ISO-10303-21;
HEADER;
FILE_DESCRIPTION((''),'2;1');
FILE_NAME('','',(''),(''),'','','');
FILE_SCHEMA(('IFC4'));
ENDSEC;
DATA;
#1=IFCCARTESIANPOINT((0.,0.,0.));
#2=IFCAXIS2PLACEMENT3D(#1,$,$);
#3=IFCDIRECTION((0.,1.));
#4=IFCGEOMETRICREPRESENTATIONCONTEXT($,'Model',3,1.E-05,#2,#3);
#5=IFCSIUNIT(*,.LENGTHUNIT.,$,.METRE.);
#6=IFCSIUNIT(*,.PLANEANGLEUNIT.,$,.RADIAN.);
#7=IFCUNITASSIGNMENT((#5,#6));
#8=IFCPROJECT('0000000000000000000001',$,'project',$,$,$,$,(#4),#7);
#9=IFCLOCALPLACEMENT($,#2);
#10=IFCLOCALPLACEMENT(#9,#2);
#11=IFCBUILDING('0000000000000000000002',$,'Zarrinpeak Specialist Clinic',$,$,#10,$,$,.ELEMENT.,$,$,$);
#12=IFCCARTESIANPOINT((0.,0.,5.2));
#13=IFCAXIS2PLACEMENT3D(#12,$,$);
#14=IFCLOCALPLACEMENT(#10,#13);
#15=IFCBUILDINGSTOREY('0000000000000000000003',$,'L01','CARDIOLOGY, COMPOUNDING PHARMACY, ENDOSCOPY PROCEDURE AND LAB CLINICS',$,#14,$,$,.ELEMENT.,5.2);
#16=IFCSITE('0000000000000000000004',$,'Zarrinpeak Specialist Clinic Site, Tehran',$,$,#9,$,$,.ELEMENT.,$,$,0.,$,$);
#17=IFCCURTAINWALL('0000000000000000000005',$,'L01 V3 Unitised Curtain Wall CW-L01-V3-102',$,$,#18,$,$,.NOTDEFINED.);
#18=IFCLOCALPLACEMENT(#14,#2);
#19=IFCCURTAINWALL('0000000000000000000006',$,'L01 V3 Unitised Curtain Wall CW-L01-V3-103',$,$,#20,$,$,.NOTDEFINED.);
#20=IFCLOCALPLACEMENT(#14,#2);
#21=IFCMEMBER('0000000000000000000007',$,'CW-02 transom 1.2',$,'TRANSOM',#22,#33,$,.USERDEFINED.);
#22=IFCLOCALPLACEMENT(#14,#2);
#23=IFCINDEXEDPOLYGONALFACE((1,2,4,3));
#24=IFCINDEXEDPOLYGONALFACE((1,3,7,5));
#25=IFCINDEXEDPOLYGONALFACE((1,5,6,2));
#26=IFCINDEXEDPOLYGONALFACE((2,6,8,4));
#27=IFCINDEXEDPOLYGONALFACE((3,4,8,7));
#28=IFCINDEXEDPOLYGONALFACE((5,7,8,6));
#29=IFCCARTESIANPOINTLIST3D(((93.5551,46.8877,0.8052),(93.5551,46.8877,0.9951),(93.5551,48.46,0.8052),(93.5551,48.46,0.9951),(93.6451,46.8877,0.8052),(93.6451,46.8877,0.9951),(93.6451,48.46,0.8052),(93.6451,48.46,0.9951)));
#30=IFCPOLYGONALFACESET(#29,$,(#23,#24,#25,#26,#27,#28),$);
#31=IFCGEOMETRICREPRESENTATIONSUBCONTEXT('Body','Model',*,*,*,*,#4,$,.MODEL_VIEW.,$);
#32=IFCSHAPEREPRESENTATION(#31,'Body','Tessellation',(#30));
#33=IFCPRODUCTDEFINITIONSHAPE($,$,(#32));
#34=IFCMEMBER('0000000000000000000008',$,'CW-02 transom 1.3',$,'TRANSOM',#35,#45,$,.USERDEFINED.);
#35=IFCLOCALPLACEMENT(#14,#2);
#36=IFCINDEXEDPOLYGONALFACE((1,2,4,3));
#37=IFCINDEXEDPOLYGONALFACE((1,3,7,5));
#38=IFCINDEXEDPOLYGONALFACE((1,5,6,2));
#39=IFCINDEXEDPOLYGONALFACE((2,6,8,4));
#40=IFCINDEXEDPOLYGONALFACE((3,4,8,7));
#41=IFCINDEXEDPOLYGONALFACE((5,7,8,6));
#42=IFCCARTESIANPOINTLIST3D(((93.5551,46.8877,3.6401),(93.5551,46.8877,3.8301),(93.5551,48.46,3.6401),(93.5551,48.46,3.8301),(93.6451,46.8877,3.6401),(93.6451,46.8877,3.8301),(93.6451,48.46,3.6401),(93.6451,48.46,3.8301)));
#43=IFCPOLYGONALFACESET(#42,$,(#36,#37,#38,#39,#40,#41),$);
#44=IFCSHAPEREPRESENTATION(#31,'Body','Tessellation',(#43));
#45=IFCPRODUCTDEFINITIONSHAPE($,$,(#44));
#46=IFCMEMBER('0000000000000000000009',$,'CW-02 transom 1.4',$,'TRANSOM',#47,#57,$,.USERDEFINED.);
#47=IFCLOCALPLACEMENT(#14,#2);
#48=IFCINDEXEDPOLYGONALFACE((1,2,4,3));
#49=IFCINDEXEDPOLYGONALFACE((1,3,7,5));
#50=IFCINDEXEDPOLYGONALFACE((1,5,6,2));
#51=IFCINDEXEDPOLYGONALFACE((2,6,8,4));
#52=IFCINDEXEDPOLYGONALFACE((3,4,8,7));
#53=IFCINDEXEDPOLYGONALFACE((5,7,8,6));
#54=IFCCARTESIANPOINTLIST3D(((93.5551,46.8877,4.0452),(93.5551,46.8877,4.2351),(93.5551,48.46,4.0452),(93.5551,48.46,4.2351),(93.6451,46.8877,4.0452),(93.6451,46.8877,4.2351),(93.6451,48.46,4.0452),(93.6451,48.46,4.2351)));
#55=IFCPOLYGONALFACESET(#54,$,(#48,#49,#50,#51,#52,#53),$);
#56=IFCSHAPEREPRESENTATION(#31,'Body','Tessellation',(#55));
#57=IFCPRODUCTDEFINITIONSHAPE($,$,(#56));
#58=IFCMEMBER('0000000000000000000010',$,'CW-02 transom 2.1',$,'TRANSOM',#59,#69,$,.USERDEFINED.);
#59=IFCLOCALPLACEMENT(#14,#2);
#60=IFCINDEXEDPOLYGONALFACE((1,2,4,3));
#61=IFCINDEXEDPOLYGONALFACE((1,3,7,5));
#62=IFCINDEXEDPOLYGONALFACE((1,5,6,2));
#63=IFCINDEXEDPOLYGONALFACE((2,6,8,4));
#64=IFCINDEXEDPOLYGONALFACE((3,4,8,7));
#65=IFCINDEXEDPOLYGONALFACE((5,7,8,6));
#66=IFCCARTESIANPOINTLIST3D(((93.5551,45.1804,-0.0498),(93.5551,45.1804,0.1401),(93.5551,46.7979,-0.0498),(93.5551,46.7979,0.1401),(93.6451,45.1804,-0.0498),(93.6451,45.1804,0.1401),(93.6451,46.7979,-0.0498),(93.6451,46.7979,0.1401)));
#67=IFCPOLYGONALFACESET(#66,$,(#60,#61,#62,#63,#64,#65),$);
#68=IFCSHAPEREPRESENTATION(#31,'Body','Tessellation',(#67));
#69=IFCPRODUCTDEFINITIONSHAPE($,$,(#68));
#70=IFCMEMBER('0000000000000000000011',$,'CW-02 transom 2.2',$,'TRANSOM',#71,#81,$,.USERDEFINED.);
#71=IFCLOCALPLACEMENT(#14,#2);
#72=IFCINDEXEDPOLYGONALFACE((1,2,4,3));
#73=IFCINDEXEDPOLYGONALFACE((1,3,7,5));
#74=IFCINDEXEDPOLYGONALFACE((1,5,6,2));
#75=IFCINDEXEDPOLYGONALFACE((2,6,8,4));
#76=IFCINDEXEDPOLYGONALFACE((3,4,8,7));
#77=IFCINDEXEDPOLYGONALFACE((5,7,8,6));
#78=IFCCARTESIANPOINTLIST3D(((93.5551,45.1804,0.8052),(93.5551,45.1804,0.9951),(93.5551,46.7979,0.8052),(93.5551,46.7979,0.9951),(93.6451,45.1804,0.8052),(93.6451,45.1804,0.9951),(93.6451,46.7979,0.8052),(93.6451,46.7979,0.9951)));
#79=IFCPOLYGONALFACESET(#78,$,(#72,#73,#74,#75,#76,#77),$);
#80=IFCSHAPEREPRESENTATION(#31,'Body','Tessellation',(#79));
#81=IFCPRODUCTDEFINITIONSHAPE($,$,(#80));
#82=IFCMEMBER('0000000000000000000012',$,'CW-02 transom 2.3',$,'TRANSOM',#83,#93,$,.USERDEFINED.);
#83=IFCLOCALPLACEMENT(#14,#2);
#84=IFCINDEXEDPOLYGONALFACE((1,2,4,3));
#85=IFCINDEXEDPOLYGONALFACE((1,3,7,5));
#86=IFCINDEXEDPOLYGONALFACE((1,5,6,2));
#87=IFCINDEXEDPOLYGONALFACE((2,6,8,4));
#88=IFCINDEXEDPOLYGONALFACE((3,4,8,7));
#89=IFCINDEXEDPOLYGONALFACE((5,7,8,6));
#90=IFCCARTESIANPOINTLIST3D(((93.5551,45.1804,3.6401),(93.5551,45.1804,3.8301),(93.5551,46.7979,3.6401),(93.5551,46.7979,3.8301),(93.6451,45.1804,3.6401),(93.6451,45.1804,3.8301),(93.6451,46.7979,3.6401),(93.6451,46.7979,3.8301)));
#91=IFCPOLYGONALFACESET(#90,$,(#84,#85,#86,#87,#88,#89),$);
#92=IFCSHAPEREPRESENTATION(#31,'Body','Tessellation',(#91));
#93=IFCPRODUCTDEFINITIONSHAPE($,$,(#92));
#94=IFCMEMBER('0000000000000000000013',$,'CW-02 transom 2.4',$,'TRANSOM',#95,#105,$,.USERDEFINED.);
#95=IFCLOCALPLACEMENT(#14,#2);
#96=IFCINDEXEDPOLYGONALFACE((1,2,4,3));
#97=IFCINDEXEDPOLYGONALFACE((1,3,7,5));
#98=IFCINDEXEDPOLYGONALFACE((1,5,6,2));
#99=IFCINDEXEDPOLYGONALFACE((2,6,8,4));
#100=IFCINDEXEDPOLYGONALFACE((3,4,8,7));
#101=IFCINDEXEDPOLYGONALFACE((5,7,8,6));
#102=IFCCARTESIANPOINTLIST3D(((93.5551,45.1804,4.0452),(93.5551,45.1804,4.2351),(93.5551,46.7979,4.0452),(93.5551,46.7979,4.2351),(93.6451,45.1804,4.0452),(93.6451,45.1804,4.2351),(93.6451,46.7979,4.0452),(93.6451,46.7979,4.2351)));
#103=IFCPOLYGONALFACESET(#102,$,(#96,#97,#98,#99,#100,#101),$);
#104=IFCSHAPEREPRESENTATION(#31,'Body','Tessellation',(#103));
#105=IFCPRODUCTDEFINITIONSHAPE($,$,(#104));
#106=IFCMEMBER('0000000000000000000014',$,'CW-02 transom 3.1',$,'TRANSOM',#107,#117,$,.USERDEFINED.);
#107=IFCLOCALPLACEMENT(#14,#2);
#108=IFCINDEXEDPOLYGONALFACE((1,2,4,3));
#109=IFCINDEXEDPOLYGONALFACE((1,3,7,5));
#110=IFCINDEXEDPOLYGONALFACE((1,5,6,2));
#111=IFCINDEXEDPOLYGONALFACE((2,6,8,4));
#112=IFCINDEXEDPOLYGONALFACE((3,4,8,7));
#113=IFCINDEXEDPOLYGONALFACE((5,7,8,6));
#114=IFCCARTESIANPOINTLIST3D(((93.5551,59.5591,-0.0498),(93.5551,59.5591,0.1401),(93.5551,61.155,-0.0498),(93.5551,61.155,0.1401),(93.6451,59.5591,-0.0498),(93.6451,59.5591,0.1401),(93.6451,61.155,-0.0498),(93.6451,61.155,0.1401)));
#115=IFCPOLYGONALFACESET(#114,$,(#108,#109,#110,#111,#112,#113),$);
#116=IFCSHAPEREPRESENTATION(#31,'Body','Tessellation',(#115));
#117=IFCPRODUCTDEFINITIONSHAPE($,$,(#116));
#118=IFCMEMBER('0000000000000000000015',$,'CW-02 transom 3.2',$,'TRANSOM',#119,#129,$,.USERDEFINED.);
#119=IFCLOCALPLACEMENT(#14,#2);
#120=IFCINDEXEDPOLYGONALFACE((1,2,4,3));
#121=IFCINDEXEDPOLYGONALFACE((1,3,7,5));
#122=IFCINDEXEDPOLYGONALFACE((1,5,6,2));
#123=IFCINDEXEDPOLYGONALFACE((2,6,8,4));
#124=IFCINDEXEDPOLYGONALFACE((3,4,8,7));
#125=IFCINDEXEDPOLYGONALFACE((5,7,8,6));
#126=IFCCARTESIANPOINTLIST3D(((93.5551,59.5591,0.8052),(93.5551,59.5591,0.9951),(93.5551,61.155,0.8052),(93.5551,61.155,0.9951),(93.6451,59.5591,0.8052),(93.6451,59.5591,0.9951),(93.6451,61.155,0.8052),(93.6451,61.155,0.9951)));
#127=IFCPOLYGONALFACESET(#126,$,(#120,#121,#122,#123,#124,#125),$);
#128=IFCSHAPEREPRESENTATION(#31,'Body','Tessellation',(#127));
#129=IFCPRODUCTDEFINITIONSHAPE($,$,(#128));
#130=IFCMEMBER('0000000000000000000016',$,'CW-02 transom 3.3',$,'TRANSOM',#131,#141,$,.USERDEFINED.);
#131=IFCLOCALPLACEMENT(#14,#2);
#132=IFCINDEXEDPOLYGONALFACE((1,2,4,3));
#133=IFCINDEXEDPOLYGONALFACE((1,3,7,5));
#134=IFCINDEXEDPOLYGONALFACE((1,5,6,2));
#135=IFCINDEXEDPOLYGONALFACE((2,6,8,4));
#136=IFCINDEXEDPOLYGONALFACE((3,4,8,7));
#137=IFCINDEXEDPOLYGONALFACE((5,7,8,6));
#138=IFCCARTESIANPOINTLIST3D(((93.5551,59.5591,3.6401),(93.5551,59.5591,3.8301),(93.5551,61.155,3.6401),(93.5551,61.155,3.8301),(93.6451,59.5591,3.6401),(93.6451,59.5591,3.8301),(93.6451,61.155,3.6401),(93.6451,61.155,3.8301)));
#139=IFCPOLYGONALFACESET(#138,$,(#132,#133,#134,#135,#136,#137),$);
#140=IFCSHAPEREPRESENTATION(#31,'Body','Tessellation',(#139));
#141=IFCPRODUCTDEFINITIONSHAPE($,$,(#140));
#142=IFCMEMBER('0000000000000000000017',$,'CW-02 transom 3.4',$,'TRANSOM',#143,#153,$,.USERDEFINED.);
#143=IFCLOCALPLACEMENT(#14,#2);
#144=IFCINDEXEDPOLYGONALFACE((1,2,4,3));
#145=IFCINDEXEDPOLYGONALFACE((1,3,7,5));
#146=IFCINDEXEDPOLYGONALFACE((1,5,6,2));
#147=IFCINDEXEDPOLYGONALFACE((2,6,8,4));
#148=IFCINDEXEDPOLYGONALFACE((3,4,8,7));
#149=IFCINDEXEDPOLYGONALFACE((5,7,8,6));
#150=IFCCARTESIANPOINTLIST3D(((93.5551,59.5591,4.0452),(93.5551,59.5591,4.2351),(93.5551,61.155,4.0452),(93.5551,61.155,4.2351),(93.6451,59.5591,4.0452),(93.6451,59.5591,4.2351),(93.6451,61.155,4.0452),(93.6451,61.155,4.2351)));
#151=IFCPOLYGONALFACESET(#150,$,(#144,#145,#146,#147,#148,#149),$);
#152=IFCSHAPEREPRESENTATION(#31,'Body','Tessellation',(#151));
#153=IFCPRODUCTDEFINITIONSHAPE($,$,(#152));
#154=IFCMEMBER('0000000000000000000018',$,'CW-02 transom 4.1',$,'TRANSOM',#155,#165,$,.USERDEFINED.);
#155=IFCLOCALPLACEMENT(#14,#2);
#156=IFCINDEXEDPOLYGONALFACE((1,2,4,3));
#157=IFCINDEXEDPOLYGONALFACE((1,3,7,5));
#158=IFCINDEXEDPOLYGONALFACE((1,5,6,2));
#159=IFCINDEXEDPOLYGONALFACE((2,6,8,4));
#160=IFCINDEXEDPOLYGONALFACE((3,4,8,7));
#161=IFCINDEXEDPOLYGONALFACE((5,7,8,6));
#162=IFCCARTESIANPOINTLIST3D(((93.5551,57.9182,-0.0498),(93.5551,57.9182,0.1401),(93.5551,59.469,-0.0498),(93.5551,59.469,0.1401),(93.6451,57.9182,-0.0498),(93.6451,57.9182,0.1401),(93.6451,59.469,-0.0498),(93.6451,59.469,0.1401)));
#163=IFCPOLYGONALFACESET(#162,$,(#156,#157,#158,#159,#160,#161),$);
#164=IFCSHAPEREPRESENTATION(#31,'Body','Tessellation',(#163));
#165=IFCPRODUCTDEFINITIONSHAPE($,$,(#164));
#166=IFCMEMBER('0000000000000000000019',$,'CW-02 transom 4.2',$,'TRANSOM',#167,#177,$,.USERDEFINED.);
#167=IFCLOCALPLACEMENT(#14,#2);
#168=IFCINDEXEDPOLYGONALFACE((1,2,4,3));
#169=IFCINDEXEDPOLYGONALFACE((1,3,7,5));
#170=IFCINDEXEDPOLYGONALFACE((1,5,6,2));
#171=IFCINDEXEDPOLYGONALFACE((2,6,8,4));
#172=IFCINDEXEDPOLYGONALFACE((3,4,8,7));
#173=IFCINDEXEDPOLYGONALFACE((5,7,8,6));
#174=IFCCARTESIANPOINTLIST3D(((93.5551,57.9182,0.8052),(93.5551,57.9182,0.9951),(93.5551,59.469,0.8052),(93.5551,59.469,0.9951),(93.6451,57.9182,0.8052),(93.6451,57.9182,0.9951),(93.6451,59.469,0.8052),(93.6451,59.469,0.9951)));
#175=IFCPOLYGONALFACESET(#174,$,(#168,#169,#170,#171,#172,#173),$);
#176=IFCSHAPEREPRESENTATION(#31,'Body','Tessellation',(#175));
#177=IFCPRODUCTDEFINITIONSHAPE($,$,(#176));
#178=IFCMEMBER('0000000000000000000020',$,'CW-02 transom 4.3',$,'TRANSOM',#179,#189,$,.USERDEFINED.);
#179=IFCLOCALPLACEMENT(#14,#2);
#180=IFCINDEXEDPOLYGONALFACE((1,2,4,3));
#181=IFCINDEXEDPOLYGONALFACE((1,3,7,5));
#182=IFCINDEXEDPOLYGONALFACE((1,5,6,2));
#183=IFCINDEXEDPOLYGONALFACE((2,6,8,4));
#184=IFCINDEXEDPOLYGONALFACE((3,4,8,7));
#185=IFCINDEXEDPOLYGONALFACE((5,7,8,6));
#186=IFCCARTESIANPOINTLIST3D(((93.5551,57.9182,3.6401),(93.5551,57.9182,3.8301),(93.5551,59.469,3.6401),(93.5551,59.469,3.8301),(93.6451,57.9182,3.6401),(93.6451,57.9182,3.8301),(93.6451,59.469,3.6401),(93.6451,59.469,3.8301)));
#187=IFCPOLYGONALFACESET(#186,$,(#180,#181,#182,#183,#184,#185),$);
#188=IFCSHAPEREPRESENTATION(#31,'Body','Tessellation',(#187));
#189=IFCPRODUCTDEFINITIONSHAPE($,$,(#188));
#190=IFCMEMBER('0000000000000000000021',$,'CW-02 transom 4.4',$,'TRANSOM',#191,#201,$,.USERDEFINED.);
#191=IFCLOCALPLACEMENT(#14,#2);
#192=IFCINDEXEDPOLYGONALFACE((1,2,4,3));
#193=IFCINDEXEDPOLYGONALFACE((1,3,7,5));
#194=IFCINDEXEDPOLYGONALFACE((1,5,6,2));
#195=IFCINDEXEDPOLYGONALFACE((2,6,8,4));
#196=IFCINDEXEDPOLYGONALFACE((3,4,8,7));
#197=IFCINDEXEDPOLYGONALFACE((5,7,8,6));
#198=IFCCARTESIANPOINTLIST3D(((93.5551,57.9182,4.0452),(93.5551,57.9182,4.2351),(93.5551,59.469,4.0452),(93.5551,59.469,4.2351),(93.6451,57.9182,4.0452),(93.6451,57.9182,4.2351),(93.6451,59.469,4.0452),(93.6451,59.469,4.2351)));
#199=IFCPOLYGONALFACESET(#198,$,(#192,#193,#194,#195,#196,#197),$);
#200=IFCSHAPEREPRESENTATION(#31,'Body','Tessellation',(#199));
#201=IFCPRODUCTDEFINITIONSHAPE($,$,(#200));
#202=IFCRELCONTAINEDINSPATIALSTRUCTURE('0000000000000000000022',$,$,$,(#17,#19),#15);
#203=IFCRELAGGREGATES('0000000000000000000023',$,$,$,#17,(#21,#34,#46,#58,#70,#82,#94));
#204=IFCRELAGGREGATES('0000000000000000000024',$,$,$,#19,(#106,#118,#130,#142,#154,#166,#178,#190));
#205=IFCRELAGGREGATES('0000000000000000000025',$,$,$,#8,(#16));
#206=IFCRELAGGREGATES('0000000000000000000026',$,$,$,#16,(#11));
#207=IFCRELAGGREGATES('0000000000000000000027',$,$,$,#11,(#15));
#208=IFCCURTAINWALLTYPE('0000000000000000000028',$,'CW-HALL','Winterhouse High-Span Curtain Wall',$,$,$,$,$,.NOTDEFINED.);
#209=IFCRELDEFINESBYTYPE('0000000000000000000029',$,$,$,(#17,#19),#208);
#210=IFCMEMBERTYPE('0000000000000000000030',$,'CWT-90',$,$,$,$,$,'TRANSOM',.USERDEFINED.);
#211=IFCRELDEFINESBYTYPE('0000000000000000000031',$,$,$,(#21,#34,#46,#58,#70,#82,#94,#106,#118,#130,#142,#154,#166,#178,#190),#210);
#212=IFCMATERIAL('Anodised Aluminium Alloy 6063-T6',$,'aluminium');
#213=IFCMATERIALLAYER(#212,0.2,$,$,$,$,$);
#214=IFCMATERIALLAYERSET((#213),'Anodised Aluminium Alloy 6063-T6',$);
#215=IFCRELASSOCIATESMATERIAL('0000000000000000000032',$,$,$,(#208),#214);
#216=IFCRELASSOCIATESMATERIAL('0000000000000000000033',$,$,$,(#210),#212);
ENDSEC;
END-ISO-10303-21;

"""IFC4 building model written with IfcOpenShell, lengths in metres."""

from ifc_helpers import new_model, si_unit, direction, frame, origin, origin_2d, place, context, subcontext, project, spatial, rectangle, extrude, material, layer, layer_set, material_profile, profile_set, type_object, element, aggregate, save


model = new_model("IFC4")

# Units and contexts
model_context = context("Model", 3, precision=1e-05, world=origin(), true_north=direction((0.0, 1.0)))
body_context = subcontext(model_context, "Body", "Model", "MODEL_VIEW")
ifc_project = project(units=[si_unit("LENGTHUNIT", "METRE"), si_unit("PLANEANGLEUNIT", "RADIAN")], contexts=[model_context])

# Site, building, storey
site_placement = place(None, origin())
site = spatial("IfcSite", under=ifc_project, at=site_placement, Name="Zarrinpeak Specialist Clinic Site, Tehran", CompositionType="ELEMENT", RefElevation=0.0)
building_placement = place(site_placement, origin())
building = spatial("IfcBuilding", under=site, at=building_placement, Name="Zarrinpeak Specialist Clinic", CompositionType="ELEMENT")
storey_placement = place(building_placement, frame((0.0, 0.0, 5.2)))
storey = spatial("IfcBuildingStorey", under=building, at=storey_placement, Name="L01", Description="CARDIOLOGY, COMPOUNDING PHARMACY, ENDOSCOPY PROCEDURE AND LAB CLINICS", CompositionType="ELEMENT", Elevation=5.2)

# Curtain walls
ifc_material_1 = material(Name="Anodised Aluminium Alloy 6063-T6", Category="aluminium")
ifc_layer_1 = layer(ifc_material_1, 0.2)
ifc_layer_set_1 = layer_set([ifc_layer_1], Name="Anodised Aluminium Alloy 6063-T6")
curtain_wall_type = type_object("IfcCurtainWallType", Name="CW-HALL", Description="Winterhouse High-Span Curtain Wall", PredefinedType="NOTDEFINED", material=ifc_layer_set_1)
curtain_wall_1_placement = place(storey_placement, origin())
curtain_wall_1 = element("IfcCurtainWall", 1, at=curtain_wall_1_placement, inside=storey, type_object=curtain_wall_type, Name="L01 V3 Unitised Curtain Wall CW-L01-V3-102", PredefinedType="NOTDEFINED")
curtain_wall_2_placement = place(storey_placement, origin())
curtain_wall_2 = element("IfcCurtainWall", 2, at=curtain_wall_2_placement, inside=storey, type_object=curtain_wall_type, Name="L01 V3 Unitised Curtain Wall CW-L01-V3-103", PredefinedType="NOTDEFINED")

# Members
ifc_material_profile_1 = material_profile(ifc_material_1, rectangle(XDim=0.0901, YDim=0.1899, at=origin_2d()), Name="ALU 90x190")
ifc_profile_set_1 = profile_set([ifc_material_profile_1], Name="Anodised Aluminium Alloy 6063-T6")
member_type_1 = type_object("IfcMemberType", Name="CWT-90", ElementType="TRANSOM", PredefinedType="USERDEFINED", material=ifc_profile_set_1)
member_1_placement = place(storey_placement, frame((93.6001, 48.46, 0.9001), z_axis=(0.0, -1.0, 0.0), x_axis=(1.0, 0.0, 0.0)))
member_1 = element("IfcMember", 3, at=member_1_placement, type_object=member_type_1, Name="CW-02 transom 1.2", ObjectType="TRANSOM", PredefinedType="USERDEFINED", context=body_context, shape_type="SweptSolid", body=[
    extrude(rectangle(XDim=0.0901, YDim=0.1899, at=origin_2d()), origin(), (0.0, 0.0, 1.0), 1.5723),
])
member_2_placement = place(storey_placement, frame((93.6001, 48.46, 3.7351), z_axis=(0.0, -1.0, 0.0), x_axis=(1.0, 0.0, 0.0)))
member_2 = element("IfcMember", 4, at=member_2_placement, type_object=member_type_1, Name="CW-02 transom 1.3", ObjectType="TRANSOM", PredefinedType="USERDEFINED", context=body_context, shape_type="SweptSolid", body=[
    extrude(rectangle(XDim=0.0901, YDim=0.1899, at=origin_2d()), origin(), (0.0, 0.0, 1.0), 1.5723),
])
member_3_placement = place(storey_placement, frame((93.6001, 48.46, 4.1401), z_axis=(0.0, -1.0, 0.0), x_axis=(1.0, 0.0, 0.0)))
member_3 = element("IfcMember", 5, at=member_3_placement, type_object=member_type_1, Name="CW-02 transom 1.4", ObjectType="TRANSOM", PredefinedType="USERDEFINED", context=body_context, shape_type="SweptSolid", body=[
    extrude(rectangle(XDim=0.0901, YDim=0.1899, at=origin_2d()), origin(), (0.0, 0.0, 1.0), 1.5723),
])
member_4_placement = place(storey_placement, frame((93.6001, 46.7979, 0.0452), z_axis=(0.0, -1.0, 0.0), x_axis=(1.0, 0.0, 0.0)))
member_4 = element("IfcMember", 6, at=member_4_placement, type_object=member_type_1, Name="CW-02 transom 2.1", ObjectType="TRANSOM", PredefinedType="USERDEFINED", context=body_context, shape_type="SweptSolid", body=[
    extrude(rectangle(XDim=0.0901, YDim=0.1899, at=origin_2d()), origin(), (0.0, 0.0, 1.0), 1.6174),
])
member_5_placement = place(storey_placement, frame((93.6001, 46.7979, 0.9001), z_axis=(0.0, -1.0, 0.0), x_axis=(1.0, 0.0, 0.0)))
member_5 = element("IfcMember", 7, at=member_5_placement, type_object=member_type_1, Name="CW-02 transom 2.2", ObjectType="TRANSOM", PredefinedType="USERDEFINED", context=body_context, shape_type="SweptSolid", body=[
    extrude(rectangle(XDim=0.0901, YDim=0.1899, at=origin_2d()), origin(), (0.0, 0.0, 1.0), 1.6174),
])
member_6_placement = place(storey_placement, frame((93.6001, 46.7979, 3.7351), z_axis=(0.0, -1.0, 0.0), x_axis=(1.0, 0.0, 0.0)))
member_6 = element("IfcMember", 8, at=member_6_placement, type_object=member_type_1, Name="CW-02 transom 2.3", ObjectType="TRANSOM", PredefinedType="USERDEFINED", context=body_context, shape_type="SweptSolid", body=[
    extrude(rectangle(XDim=0.0901, YDim=0.1899, at=origin_2d()), origin(), (0.0, 0.0, 1.0), 1.6174),
])
member_7_placement = place(storey_placement, frame((93.6001, 46.7979, 4.1401), z_axis=(0.0, -1.0, 0.0), x_axis=(1.0, 0.0, 0.0)))
member_7 = element("IfcMember", 9, at=member_7_placement, type_object=member_type_1, Name="CW-02 transom 2.4", ObjectType="TRANSOM", PredefinedType="USERDEFINED", context=body_context, shape_type="SweptSolid", body=[
    extrude(rectangle(XDim=0.0901, YDim=0.1899, at=origin_2d()), origin(), (0.0, 0.0, 1.0), 1.6174),
])
member_8_placement = place(storey_placement, frame((93.6001, 61.155, 0.0452), z_axis=(0.0, -1.0, 0.0), x_axis=(1.0, 0.0, 0.0)))
member_8 = element("IfcMember", 10, at=member_8_placement, type_object=member_type_1, Name="CW-02 transom 3.1", ObjectType="TRANSOM", PredefinedType="USERDEFINED", context=body_context, shape_type="SweptSolid", body=[
    extrude(rectangle(XDim=0.0901, YDim=0.1899, at=origin_2d()), origin(), (0.0, 0.0, 1.0), 1.5959),
])
member_9_placement = place(storey_placement, frame((93.6001, 61.155, 0.9001), z_axis=(0.0, -1.0, 0.0), x_axis=(1.0, 0.0, 0.0)))
member_9 = element("IfcMember", 11, at=member_9_placement, type_object=member_type_1, Name="CW-02 transom 3.2", ObjectType="TRANSOM", PredefinedType="USERDEFINED", context=body_context, shape_type="SweptSolid", body=[
    extrude(rectangle(XDim=0.0901, YDim=0.1899, at=origin_2d()), origin(), (0.0, 0.0, 1.0), 1.5959),
])
member_10_placement = place(storey_placement, frame((93.6001, 61.155, 3.7351), z_axis=(0.0, -1.0, 0.0), x_axis=(1.0, 0.0, 0.0)))
member_10 = element("IfcMember", 12, at=member_10_placement, type_object=member_type_1, Name="CW-02 transom 3.3", ObjectType="TRANSOM", PredefinedType="USERDEFINED", context=body_context, shape_type="SweptSolid", body=[
    extrude(rectangle(XDim=0.0901, YDim=0.1899, at=origin_2d()), origin(), (0.0, 0.0, 1.0), 1.5959),
])
member_11_placement = place(storey_placement, frame((93.6001, 61.155, 4.1401), z_axis=(0.0, -1.0, 0.0), x_axis=(1.0, 0.0, 0.0)))
member_11 = element("IfcMember", 13, at=member_11_placement, type_object=member_type_1, Name="CW-02 transom 3.4", ObjectType="TRANSOM", PredefinedType="USERDEFINED", context=body_context, shape_type="SweptSolid", body=[
    extrude(rectangle(XDim=0.0901, YDim=0.1899, at=origin_2d()), origin(), (0.0, 0.0, 1.0), 1.5959),
])
member_12_placement = place(storey_placement, frame((93.6001, 59.469, 0.0452), z_axis=(0.0, -1.0, 0.0), x_axis=(1.0, 0.0, 0.0)))
member_12 = element("IfcMember", 14, at=member_12_placement, type_object=member_type_1, Name="CW-02 transom 4.1", ObjectType="TRANSOM", PredefinedType="USERDEFINED", context=body_context, shape_type="SweptSolid", body=[
    extrude(rectangle(XDim=0.0901, YDim=0.1899, at=origin_2d()), origin(), (0.0, 0.0, 1.0), 1.5508),
])
member_13_placement = place(storey_placement, frame((93.6001, 59.469, 0.9001), z_axis=(0.0, -1.0, 0.0), x_axis=(1.0, 0.0, 0.0)))
member_13 = element("IfcMember", 15, at=member_13_placement, type_object=member_type_1, Name="CW-02 transom 4.2", ObjectType="TRANSOM", PredefinedType="USERDEFINED", context=body_context, shape_type="SweptSolid", body=[
    extrude(rectangle(XDim=0.0901, YDim=0.1899, at=origin_2d()), origin(), (0.0, 0.0, 1.0), 1.5508),
])
member_14_placement = place(storey_placement, frame((93.6001, 59.469, 3.7351), z_axis=(0.0, -1.0, 0.0), x_axis=(1.0, 0.0, 0.0)))
member_14 = element("IfcMember", 16, at=member_14_placement, type_object=member_type_1, Name="CW-02 transom 4.3", ObjectType="TRANSOM", PredefinedType="USERDEFINED", context=body_context, shape_type="SweptSolid", body=[
    extrude(rectangle(XDim=0.0901, YDim=0.1899, at=origin_2d()), origin(), (0.0, 0.0, 1.0), 1.5508),
])
member_15_placement = place(storey_placement, frame((93.6001, 59.469, 4.1401), z_axis=(0.0, -1.0, 0.0), x_axis=(1.0, 0.0, 0.0)))
member_15 = element("IfcMember", 17, at=member_15_placement, type_object=member_type_1, Name="CW-02 transom 4.4", ObjectType="TRANSOM", PredefinedType="USERDEFINED", context=body_context, shape_type="SweptSolid", body=[
    extrude(rectangle(XDim=0.0901, YDim=0.1899, at=origin_2d()), origin(), (0.0, 0.0, 1.0), 1.5508),
])

aggregate(curtain_wall_1, [member_1, member_2, member_3, member_4, member_5, member_6, member_7])
aggregate(curtain_wall_2, [member_8, member_9, member_10, member_11, member_12, member_13, member_14, member_15])

save(model, "model.ifc")
